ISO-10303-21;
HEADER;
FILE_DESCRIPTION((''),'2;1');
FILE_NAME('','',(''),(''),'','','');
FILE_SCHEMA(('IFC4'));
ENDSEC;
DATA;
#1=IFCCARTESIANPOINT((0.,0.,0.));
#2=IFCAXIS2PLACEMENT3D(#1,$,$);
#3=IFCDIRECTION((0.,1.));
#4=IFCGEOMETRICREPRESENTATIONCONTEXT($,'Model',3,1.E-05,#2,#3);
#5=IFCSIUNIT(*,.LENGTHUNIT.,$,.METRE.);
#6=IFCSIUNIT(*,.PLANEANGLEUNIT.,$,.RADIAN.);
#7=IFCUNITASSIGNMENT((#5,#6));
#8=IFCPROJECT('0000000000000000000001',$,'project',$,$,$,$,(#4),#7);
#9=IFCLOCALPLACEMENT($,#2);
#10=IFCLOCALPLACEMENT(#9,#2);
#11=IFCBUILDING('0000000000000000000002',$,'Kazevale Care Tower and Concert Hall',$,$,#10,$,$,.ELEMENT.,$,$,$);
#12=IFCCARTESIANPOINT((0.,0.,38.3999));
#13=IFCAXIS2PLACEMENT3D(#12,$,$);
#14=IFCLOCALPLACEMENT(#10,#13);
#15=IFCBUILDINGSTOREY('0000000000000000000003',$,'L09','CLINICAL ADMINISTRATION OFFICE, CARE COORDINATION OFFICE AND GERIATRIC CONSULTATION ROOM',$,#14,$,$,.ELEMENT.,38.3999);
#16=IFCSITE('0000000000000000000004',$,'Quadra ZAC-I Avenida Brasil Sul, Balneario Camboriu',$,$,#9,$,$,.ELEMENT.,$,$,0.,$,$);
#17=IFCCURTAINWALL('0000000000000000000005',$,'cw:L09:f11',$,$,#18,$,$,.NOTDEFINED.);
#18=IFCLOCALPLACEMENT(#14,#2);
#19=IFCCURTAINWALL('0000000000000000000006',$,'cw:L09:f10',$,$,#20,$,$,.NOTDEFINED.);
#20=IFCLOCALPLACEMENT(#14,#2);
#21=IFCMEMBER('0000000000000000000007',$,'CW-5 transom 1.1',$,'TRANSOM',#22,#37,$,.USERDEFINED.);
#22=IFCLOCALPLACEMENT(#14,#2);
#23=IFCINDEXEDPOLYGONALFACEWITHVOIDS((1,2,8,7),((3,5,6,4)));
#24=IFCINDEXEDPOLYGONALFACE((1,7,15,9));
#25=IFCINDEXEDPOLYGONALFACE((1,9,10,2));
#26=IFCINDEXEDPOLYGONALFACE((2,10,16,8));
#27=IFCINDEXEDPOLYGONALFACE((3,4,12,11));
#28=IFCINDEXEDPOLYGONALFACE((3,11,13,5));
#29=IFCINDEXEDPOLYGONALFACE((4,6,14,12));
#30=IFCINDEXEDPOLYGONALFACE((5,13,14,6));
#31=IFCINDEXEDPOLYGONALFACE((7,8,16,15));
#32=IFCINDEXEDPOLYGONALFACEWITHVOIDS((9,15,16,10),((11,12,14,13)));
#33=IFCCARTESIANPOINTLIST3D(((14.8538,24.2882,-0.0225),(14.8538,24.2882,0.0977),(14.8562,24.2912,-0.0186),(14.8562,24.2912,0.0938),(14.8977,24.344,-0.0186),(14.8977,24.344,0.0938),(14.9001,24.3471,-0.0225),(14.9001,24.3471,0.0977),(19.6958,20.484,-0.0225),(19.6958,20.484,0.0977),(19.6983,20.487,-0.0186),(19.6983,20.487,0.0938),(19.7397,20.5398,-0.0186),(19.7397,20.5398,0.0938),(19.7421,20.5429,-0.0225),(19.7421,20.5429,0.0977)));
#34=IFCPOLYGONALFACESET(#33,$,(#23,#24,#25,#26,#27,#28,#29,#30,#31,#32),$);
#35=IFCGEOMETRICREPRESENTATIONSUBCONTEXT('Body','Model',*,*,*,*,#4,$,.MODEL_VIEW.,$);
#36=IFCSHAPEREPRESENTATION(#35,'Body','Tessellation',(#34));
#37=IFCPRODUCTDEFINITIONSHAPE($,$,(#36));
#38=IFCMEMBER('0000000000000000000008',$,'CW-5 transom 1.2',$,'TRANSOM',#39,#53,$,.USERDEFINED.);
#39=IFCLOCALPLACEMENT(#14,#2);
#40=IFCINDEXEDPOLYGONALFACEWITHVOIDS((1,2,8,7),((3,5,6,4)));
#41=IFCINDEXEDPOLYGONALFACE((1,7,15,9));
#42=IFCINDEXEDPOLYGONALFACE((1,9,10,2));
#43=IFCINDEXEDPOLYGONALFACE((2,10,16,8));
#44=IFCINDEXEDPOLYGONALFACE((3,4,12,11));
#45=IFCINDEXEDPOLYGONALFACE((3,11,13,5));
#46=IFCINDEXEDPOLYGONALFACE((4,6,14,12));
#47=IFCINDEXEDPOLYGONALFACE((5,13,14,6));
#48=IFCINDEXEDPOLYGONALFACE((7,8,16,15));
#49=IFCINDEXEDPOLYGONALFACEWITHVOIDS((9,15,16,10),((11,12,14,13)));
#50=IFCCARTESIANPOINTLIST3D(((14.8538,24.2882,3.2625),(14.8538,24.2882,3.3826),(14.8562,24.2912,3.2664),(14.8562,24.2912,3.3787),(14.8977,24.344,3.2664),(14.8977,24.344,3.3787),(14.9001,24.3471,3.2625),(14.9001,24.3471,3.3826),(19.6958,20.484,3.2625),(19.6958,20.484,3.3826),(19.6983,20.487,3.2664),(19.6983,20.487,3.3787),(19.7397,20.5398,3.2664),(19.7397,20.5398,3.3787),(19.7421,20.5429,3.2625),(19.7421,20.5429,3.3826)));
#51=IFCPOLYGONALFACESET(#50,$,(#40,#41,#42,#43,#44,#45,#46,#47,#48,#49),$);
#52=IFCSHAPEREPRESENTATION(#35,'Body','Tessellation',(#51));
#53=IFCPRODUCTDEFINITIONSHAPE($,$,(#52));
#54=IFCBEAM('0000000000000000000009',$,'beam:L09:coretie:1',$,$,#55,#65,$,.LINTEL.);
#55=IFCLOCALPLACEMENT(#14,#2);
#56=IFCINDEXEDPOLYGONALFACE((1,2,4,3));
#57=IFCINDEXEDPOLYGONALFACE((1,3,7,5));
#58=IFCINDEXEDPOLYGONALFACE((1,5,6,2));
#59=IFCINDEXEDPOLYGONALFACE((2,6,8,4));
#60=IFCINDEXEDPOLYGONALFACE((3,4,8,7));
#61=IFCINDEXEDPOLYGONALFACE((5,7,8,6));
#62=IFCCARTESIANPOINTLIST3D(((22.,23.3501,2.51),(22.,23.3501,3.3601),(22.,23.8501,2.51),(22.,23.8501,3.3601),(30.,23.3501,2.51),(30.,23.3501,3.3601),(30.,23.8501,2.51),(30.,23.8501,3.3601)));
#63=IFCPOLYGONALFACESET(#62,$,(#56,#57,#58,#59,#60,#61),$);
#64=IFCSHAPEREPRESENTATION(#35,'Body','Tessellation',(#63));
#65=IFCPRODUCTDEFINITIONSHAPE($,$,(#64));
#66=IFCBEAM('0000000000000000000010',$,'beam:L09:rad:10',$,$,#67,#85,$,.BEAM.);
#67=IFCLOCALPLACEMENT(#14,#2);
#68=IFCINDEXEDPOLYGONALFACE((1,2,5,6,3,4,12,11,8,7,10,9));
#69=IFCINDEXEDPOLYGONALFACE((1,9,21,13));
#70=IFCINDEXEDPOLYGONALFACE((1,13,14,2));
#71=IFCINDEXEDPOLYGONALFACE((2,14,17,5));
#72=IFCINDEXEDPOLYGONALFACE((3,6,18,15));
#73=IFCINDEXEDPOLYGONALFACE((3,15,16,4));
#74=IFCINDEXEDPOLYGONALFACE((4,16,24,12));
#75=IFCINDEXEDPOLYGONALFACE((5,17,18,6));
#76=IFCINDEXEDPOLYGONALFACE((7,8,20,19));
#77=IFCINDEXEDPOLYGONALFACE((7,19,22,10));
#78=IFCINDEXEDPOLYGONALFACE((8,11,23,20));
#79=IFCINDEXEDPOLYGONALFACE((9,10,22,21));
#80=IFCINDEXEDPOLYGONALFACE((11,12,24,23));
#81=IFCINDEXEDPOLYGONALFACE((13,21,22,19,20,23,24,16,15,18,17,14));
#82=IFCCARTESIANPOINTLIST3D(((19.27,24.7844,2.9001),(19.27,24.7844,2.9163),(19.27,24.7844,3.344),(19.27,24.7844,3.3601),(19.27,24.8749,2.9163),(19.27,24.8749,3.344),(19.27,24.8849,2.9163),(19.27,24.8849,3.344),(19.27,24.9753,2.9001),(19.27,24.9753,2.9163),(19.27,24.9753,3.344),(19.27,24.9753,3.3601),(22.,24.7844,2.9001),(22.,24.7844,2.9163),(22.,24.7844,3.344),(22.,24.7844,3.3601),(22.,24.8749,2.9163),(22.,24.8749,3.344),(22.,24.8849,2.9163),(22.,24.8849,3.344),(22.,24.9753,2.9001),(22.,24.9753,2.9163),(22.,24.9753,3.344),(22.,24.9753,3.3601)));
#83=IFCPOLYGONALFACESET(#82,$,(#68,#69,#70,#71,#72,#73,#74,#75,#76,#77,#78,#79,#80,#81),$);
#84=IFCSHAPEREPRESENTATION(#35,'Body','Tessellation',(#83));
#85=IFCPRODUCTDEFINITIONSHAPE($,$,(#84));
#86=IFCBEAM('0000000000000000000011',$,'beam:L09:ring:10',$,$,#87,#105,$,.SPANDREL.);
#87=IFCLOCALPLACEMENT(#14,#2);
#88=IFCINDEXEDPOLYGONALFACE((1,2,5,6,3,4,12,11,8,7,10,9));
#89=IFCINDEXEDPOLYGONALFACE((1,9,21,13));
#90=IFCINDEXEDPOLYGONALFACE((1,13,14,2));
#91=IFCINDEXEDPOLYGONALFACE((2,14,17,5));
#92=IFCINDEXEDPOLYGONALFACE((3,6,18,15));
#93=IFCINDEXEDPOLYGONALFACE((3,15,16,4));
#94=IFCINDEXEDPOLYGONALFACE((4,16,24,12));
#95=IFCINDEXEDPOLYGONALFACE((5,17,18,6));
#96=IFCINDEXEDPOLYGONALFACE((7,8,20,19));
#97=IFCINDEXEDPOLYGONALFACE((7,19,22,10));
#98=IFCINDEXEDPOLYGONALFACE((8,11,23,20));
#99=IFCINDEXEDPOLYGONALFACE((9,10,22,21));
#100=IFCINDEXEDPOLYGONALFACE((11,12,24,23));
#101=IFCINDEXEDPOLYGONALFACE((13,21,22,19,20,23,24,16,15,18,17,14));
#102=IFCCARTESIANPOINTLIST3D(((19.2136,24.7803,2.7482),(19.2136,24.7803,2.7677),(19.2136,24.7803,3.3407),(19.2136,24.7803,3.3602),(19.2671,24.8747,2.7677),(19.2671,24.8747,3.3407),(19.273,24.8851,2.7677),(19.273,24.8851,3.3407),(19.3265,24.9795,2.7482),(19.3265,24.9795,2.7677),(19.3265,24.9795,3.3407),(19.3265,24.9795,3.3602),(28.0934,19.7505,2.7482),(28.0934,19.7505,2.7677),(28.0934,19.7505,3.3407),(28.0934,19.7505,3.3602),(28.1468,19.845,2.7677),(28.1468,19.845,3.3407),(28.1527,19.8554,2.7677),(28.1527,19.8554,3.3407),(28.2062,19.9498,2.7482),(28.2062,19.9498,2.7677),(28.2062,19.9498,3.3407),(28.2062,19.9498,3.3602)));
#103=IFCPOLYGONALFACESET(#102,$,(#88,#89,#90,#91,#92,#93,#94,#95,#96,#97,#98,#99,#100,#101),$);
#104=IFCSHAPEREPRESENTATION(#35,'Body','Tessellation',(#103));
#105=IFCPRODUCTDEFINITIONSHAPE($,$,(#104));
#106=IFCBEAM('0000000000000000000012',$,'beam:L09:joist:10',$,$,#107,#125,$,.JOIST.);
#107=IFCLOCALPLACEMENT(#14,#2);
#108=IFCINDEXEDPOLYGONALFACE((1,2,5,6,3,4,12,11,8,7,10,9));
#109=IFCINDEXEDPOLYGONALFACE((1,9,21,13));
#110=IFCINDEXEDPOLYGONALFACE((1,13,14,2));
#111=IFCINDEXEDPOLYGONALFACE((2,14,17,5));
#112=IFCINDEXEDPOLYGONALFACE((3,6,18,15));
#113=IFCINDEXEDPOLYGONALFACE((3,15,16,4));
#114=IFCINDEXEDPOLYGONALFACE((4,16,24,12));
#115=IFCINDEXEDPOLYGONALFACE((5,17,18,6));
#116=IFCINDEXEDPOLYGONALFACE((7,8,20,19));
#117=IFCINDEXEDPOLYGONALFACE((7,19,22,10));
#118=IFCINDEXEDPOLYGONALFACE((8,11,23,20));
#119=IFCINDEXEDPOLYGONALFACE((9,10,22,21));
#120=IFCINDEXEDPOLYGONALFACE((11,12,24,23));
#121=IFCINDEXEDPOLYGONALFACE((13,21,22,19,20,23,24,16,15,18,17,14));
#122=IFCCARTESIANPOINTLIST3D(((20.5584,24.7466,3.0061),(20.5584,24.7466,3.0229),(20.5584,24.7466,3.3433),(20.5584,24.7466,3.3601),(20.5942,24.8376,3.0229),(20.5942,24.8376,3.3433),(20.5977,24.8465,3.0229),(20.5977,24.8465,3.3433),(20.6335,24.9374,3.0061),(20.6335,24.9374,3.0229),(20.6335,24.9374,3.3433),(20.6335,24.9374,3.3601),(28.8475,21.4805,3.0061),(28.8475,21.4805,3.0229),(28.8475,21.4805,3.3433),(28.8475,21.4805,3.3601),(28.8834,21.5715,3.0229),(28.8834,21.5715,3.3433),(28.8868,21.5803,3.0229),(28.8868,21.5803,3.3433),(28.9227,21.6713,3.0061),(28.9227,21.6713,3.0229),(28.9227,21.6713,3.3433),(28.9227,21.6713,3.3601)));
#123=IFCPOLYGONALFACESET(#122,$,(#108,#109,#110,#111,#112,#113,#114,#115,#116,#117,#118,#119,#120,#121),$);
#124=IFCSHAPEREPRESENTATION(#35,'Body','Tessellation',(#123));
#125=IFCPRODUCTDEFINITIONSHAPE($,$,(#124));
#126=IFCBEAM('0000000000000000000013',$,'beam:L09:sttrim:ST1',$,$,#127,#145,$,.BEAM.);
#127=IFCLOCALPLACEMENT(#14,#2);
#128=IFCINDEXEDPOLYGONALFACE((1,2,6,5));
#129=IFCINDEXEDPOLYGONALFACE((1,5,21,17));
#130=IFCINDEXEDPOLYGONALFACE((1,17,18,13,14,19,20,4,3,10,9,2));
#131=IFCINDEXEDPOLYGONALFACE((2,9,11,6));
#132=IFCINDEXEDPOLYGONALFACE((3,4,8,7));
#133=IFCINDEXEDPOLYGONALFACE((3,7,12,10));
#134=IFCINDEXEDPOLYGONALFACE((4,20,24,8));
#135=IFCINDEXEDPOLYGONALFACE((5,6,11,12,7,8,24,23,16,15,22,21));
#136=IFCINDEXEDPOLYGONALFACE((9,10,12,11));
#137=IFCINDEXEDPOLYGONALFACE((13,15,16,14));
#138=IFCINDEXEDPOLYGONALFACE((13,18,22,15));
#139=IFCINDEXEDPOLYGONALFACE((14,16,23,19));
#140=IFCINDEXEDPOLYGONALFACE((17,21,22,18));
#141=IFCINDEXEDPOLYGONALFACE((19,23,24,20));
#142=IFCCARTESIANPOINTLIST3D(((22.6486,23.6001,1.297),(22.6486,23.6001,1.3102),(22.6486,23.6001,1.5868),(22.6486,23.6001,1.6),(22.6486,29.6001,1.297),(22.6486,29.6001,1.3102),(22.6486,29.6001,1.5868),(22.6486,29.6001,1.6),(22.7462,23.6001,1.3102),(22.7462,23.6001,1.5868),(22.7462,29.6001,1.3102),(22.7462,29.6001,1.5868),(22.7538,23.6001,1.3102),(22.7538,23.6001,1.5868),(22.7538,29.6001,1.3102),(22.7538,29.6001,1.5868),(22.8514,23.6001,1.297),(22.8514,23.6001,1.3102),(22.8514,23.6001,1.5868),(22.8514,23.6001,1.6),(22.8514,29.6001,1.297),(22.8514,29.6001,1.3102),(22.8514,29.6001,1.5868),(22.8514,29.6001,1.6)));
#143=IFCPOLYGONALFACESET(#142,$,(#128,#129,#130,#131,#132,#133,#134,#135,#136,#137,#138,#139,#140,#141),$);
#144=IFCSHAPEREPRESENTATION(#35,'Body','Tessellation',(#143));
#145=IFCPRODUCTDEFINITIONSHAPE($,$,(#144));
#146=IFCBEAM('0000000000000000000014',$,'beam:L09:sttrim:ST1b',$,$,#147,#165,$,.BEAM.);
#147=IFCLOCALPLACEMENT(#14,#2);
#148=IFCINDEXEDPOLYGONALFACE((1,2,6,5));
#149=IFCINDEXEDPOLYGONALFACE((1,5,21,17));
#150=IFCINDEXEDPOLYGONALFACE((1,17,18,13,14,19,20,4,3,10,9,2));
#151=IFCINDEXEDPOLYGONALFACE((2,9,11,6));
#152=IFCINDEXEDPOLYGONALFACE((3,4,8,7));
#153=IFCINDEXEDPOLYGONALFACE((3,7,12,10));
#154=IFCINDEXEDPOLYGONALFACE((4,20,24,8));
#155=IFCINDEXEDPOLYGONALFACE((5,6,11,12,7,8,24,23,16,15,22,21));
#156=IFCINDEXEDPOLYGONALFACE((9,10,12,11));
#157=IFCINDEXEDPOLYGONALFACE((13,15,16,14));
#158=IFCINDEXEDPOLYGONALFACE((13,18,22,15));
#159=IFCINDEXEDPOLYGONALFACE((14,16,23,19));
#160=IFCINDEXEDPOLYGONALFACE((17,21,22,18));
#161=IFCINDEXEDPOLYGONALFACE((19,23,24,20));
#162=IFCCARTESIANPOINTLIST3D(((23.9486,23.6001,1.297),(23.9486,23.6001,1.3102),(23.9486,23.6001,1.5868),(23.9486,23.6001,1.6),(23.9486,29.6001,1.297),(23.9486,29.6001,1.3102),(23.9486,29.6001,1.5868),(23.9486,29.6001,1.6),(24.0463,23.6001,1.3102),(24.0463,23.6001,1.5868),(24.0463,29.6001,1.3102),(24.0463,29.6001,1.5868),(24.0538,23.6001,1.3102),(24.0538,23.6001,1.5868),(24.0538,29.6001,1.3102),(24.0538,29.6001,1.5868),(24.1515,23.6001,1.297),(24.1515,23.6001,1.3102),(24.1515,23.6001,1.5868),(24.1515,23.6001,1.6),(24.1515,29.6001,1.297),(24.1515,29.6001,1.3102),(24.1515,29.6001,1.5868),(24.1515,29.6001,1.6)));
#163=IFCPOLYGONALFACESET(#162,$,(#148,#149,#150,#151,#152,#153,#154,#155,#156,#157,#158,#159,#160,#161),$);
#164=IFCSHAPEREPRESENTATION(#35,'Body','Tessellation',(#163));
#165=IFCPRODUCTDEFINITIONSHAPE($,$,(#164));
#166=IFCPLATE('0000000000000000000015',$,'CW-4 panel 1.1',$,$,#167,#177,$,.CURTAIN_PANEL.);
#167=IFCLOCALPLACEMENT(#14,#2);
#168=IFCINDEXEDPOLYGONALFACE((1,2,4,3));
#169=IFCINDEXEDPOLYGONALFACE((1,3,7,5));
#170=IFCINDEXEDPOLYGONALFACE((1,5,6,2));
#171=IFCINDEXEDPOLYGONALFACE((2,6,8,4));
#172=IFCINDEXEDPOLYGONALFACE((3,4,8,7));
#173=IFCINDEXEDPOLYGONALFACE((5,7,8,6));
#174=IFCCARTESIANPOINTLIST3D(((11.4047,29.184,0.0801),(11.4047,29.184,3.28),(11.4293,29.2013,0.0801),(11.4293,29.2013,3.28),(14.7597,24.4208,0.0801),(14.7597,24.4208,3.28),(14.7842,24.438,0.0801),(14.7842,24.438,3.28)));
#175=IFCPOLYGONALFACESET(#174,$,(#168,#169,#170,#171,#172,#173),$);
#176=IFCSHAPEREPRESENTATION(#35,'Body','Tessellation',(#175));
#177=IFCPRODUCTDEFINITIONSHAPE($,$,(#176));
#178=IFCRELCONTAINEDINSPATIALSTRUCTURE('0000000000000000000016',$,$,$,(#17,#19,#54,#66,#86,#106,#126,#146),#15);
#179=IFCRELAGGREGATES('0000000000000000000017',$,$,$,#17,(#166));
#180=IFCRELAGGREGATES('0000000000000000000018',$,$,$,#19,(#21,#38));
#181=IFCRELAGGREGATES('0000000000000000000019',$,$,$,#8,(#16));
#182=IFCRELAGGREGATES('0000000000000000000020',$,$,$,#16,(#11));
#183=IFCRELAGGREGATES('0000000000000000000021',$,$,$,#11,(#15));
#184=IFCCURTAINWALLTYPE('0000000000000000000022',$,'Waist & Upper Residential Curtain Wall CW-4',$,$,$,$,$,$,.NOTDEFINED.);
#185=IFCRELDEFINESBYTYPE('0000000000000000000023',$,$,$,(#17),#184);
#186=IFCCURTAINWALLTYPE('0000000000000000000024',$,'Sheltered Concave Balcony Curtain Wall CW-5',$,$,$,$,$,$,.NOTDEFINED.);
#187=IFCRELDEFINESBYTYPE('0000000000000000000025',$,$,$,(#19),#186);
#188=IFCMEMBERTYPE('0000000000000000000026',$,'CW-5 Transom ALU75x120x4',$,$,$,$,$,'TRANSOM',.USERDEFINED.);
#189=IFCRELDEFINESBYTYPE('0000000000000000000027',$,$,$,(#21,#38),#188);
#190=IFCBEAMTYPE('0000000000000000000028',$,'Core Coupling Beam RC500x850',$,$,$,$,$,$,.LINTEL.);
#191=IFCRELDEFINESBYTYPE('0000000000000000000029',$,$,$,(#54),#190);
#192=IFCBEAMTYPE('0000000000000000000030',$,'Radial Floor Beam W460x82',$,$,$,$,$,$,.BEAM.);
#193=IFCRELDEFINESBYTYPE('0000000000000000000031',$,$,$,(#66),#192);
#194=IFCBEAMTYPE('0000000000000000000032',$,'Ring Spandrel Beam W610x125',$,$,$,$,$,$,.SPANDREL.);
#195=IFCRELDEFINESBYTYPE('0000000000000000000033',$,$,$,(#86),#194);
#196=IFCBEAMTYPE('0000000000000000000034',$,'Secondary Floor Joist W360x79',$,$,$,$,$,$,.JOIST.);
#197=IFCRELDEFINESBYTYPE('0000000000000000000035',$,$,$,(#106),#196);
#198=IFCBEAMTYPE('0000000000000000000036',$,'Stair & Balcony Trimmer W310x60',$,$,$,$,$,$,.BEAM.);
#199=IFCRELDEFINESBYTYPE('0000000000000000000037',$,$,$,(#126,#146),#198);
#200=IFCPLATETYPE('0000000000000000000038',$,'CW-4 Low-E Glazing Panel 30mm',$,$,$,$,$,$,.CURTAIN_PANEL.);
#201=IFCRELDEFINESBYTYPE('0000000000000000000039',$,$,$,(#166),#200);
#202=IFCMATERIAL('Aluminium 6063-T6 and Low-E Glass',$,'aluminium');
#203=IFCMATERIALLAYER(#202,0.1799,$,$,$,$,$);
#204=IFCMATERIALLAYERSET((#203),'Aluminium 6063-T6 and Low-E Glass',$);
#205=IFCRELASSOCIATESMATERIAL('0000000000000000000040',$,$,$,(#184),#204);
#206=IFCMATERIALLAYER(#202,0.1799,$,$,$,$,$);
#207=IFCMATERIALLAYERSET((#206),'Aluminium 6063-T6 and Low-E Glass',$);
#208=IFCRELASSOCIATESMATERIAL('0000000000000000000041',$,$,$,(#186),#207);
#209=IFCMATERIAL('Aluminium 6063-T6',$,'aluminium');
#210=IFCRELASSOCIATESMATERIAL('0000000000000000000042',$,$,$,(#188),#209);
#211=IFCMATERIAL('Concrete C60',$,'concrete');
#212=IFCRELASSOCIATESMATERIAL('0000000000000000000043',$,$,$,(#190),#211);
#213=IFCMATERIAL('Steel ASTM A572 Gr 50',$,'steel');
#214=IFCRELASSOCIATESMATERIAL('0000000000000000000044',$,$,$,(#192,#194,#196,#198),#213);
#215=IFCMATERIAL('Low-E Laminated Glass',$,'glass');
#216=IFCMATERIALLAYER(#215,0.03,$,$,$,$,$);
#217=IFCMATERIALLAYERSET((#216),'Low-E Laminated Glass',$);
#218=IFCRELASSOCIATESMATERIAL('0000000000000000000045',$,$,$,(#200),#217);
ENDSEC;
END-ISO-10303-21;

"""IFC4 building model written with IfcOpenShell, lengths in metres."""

from ifc_helpers import new_model, si_unit, direction, frame, origin, origin_2d, place, context, subcontext, project, spatial, rectangle, hollow_rectangle, i_section, extrude, material, layer, layer_set, material_profile, profile_set, type_object, element, aggregate, save


model = new_model("IFC4")

# Units and contexts
model_context = context("Model", 3, precision=1e-05, world=origin(), true_north=direction((0.0, 1.0)))
body_context = subcontext(model_context, "Body", "Model", "MODEL_VIEW")
ifc_project = project(units=[si_unit("LENGTHUNIT", "METRE"), si_unit("PLANEANGLEUNIT", "RADIAN")], contexts=[model_context])

# Site, building, storey
site_placement = place(None, origin())
site = spatial("IfcSite", under=ifc_project, at=site_placement, Name="Quadra ZAC-I Avenida Brasil Sul, Balneario Camboriu", CompositionType="ELEMENT", RefElevation=0.0)
building_placement = place(site_placement, origin())
building = spatial("IfcBuilding", under=site, at=building_placement, Name="Kazevale Care Tower and Concert Hall", CompositionType="ELEMENT")
storey_placement = place(building_placement, frame((0.0, 0.0, 38.3999)))
storey = spatial("IfcBuildingStorey", under=building, at=storey_placement, Name="L09", Description="CLINICAL ADMINISTRATION OFFICE, CARE COORDINATION OFFICE AND GERIATRIC CONSULTATION ROOM", CompositionType="ELEMENT", Elevation=38.3999)

# Curtain wall
ifc_material_1 = material(Name="Aluminium 6063-T6 and Low-E Glass", Category="aluminium")
ifc_layer_1 = layer(ifc_material_1, 0.1799)
ifc_layer_set_1 = layer_set([ifc_layer_1], Name="Aluminium 6063-T6 and Low-E Glass")
curtain_wall_type_1 = type_object("IfcCurtainWallType", Name="Waist & Upper Residential Curtain Wall CW-4", PredefinedType="NOTDEFINED", material=ifc_layer_set_1)
curtain_wall_1_placement = place(storey_placement, origin())
curtain_wall_1 = element("IfcCurtainWall", 1, at=curtain_wall_1_placement, inside=storey, type_object=curtain_wall_type_1, Name="cw:L09:f11", PredefinedType="NOTDEFINED")
ifc_material_2 = material(Name="Aluminium 6063-T6", Category="aluminium")

# Shared definitions
ifc_layer_2 = layer(ifc_material_1, 0.1799)
ifc_layer_set_2 = layer_set([ifc_layer_2], Name="Aluminium 6063-T6 and Low-E Glass")
curtain_wall_type_2 = type_object("IfcCurtainWallType", Name="Sheltered Concave Balcony Curtain Wall CW-5", PredefinedType="NOTDEFINED", material=ifc_layer_set_2)

# Curtain wall, members
curtain_wall_2_placement = place(storey_placement, origin())
curtain_wall_2 = element("IfcCurtainWall", 2, at=curtain_wall_2_placement, inside=storey, type_object=curtain_wall_type_2, Name="cw:L09:f10", PredefinedType="NOTDEFINED")
ifc_material_profile_1 = material_profile(ifc_material_2, hollow_rectangle(XDim=0.075, YDim=0.1201, WallThickness=0.0039, at=origin_2d()), Name="ALU75x120x4")
ifc_profile_set_1 = profile_set([ifc_material_profile_1], Name="Aluminium 6063-T6")
member_type_1 = type_object("IfcMemberType", Name="CW-5 Transom ALU75x120x4", ElementType="TRANSOM", PredefinedType="USERDEFINED", material=ifc_profile_set_1)
member_1_placement = place(storey_placement, frame((19.719, 20.5134, 0.0376), z_axis=(-0.786339, 0.617795, 0.0), x_axis=(-0.617795, -0.786339, 0.0)))
member_1 = element("IfcMember", 3, at=member_1_placement, type_object=member_type_1, Name="CW-5 transom 1.1", ObjectType="TRANSOM", PredefinedType="USERDEFINED", context=body_context, shape_type="SweptSolid", body=[
    extrude(hollow_rectangle(XDim=0.075, YDim=0.1201, WallThickness=0.0039, at=origin_2d()), origin(), (0.0, 0.0, 1.0), 6.1577),
])
member_2_placement = place(storey_placement, frame((19.719, 20.5134, 3.3225), z_axis=(-0.786339, 0.617795, 0.0), x_axis=(-0.617795, -0.786339, 0.0)))
member_2 = element("IfcMember", 4, at=member_2_placement, type_object=member_type_1, Name="CW-5 transom 1.2", ObjectType="TRANSOM", PredefinedType="USERDEFINED", context=body_context, shape_type="SweptSolid", body=[
    extrude(hollow_rectangle(XDim=0.075, YDim=0.1201, WallThickness=0.0039, at=origin_2d()), origin(), (0.0, 0.0, 1.0), 6.1577),
])

# Beams
ifc_material_3 = material(Name="Concrete C60", Category="concrete")
ifc_material_profile_2 = material_profile(ifc_material_3, rectangle(XDim=0.5, YDim=0.8501, at=origin_2d()), Name="RC-B500x850")
ifc_profile_set_2 = profile_set([ifc_material_profile_2], Name="Concrete C60")
beam_type_1 = type_object("IfcBeamType", Name="Core Coupling Beam RC500x850", PredefinedType="LINTEL", material=ifc_profile_set_2)
beam_1_placement = place(storey_placement, frame((22.0, 23.6001, 2.9351), z_axis=(1.0, 0.0, 0.0), x_axis=(0.0, 1.0, 0.0)))
element("IfcBeam", 5, at=beam_1_placement, inside=storey, type_object=beam_type_1, Name="beam:L09:coretie:1", PredefinedType="LINTEL", context=body_context, shape_type="SweptSolid", body=[
    extrude(rectangle(XDim=0.5, YDim=0.8501, at=origin_2d()), origin(), (0.0, 0.0, 1.0), 8.0),
])
ifc_material_4 = material(Name="Steel ASTM A572 Gr 50", Category="steel")
ifc_material_profile_3 = material_profile(ifc_material_4, i_section(OverallWidth=0.1909, OverallDepth=0.46, WebThickness=0.01, FlangeThickness=0.0161, at=origin_2d()), Name="W460x82")
ifc_profile_set_3 = profile_set([ifc_material_profile_3], Name="Steel ASTM A572 Gr 50")
beam_type_2 = type_object("IfcBeamType", Name="Radial Floor Beam W460x82", PredefinedType="BEAM", material=ifc_profile_set_3)
beam_2_placement = place(storey_placement, frame((22.0, 24.8799, 3.1301), z_axis=(-1.0, 0.0, 0.0), x_axis=(0.0, -1.0, 0.0)))
element("IfcBeam", 6, at=beam_2_placement, inside=storey, type_object=beam_type_2, Name="beam:L09:rad:10", PredefinedType="BEAM", context=body_context, shape_type="SweptSolid", body=[
    extrude(i_section(OverallWidth=0.1909, OverallDepth=0.46, WebThickness=0.01, FlangeThickness=0.0161, at=origin_2d()), origin(), (0.0, 0.0, 1.0), 2.73),
])
ifc_material_profile_4 = material_profile(ifc_material_4, i_section(OverallWidth=0.229, OverallDepth=0.6121, WebThickness=0.012, FlangeThickness=0.0195, at=origin_2d()), Name="W610x125")
ifc_profile_set_4 = profile_set([ifc_material_profile_4], Name="Steel ASTM A572 Gr 50")
beam_type_3 = type_object("IfcBeamType", Name="Ring Spandrel Beam W610x125", PredefinedType="SPANDREL", material=ifc_profile_set_4)
beam_3_placement = place(storey_placement, frame((19.27, 24.8799, 3.0542), z_axis=(0.870112, -0.492853, 0.0), x_axis=(0.492853, 0.870112, 0.0)))
element("IfcBeam", 7, at=beam_3_placement, inside=storey, type_object=beam_type_3, Name="beam:L09:ring:10", PredefinedType="SPANDREL", context=body_context, shape_type="SweptSolid", body=[
    extrude(i_section(OverallWidth=0.229, OverallDepth=0.6121, WebThickness=0.012, FlangeThickness=0.0195, at=origin_2d()), origin(), (0.0, 0.0, 1.0), 10.2053),
])
ifc_material_profile_5 = material_profile(ifc_material_4, i_section(OverallWidth=0.2051, OverallDepth=0.354, WebThickness=0.0095, FlangeThickness=0.0168, at=origin_2d()), Name="W360x79")
ifc_profile_set_5 = profile_set([ifc_material_profile_5], Name="Steel ASTM A572 Gr 50")
beam_type_4 = type_object("IfcBeamType", Name="Secondary Floor Joist W360x79", PredefinedType="JOIST", material=ifc_profile_set_5)
beam_4_placement = place(storey_placement, frame((20.5959, 24.842, 3.1831), z_axis=(0.930381, -0.366595, 0.0), x_axis=(0.366595, 0.930381, 0.0)))
element("IfcBeam", 8, at=beam_4_placement, inside=storey, type_object=beam_type_4, Name="beam:L09:joist:10", PredefinedType="JOIST", context=body_context, shape_type="SweptSolid", body=[
    extrude(i_section(OverallWidth=0.2051, OverallDepth=0.354, WebThickness=0.0095, FlangeThickness=0.0168, at=origin_2d()), origin(), (0.0, 0.0, 1.0), 8.9094),
])
ifc_material_profile_6 = material_profile(ifc_material_4, i_section(OverallWidth=0.2029, OverallDepth=0.303, WebThickness=0.0076, FlangeThickness=0.0132, at=origin_2d()), Name="W310x60")
ifc_profile_set_6 = profile_set([ifc_material_profile_6], Name="Steel ASTM A572 Gr 50")
beam_type_5 = type_object("IfcBeamType", Name="Stair & Balcony Trimmer W310x60", PredefinedType="BEAM", material=ifc_profile_set_6)
for number, where, z_axis, x_axis, name in (
    (9, (22.75, 23.6001, 1.4485), (0.0, 1.0, 0.0), (-1.0, 0.0, 0.0), "beam:L09:sttrim:ST1"),
    (10, (24.05, 23.6001, 1.4485), (0.0, 1.0, 0.0), (-1.0, 0.0, 0.0), "beam:L09:sttrim:ST1b"),
):
    element("IfcBeam", number, at=place(storey_placement, frame(where, z_axis=z_axis, x_axis=x_axis)), inside=storey, type_object=beam_type_5, Name=name, PredefinedType="BEAM", context=body_context, shape_type="SweptSolid", body=[
        extrude(i_section(OverallWidth=0.2029, OverallDepth=0.303, WebThickness=0.0076, FlangeThickness=0.0132, at=origin_2d()), origin(), (0.0, 0.0, 1.0), 6.0),
    ])

# Plate
ifc_material_5 = material(Name="Low-E Laminated Glass", Category="glass")
ifc_layer_3 = layer(ifc_material_5, 0.03)
ifc_layer_set_3 = layer_set([ifc_layer_3], Name="Low-E Laminated Glass")
plate_type_1 = type_object("IfcPlateType", Name="CW-4 Low-E Glazing Panel 30mm", PredefinedType="CURTAIN_PANEL", material=ifc_layer_set_3)
plate_1_placement = place(storey_placement, frame((13.0945, 26.811, 0.0801), z_axis=(0.0, 0.0, 1.0), x_axis=(-0.575837, 0.817565, 0.0)))
plate_1 = element("IfcPlate", 11, at=plate_1_placement, type_object=plate_type_1, Name="CW-4 panel 1.1", PredefinedType="CURTAIN_PANEL", context=body_context, shape_type="SweptSolid", body=[
    extrude(rectangle(XDim=5.8262, YDim=0.03, at=origin_2d()), origin(), (0.0, 0.0, 1.0), 3.2),
])
aggregate(curtain_wall_1, [plate_1])
aggregate(curtain_wall_2, [member_1, member_2])

save(model, "model.ifc")
